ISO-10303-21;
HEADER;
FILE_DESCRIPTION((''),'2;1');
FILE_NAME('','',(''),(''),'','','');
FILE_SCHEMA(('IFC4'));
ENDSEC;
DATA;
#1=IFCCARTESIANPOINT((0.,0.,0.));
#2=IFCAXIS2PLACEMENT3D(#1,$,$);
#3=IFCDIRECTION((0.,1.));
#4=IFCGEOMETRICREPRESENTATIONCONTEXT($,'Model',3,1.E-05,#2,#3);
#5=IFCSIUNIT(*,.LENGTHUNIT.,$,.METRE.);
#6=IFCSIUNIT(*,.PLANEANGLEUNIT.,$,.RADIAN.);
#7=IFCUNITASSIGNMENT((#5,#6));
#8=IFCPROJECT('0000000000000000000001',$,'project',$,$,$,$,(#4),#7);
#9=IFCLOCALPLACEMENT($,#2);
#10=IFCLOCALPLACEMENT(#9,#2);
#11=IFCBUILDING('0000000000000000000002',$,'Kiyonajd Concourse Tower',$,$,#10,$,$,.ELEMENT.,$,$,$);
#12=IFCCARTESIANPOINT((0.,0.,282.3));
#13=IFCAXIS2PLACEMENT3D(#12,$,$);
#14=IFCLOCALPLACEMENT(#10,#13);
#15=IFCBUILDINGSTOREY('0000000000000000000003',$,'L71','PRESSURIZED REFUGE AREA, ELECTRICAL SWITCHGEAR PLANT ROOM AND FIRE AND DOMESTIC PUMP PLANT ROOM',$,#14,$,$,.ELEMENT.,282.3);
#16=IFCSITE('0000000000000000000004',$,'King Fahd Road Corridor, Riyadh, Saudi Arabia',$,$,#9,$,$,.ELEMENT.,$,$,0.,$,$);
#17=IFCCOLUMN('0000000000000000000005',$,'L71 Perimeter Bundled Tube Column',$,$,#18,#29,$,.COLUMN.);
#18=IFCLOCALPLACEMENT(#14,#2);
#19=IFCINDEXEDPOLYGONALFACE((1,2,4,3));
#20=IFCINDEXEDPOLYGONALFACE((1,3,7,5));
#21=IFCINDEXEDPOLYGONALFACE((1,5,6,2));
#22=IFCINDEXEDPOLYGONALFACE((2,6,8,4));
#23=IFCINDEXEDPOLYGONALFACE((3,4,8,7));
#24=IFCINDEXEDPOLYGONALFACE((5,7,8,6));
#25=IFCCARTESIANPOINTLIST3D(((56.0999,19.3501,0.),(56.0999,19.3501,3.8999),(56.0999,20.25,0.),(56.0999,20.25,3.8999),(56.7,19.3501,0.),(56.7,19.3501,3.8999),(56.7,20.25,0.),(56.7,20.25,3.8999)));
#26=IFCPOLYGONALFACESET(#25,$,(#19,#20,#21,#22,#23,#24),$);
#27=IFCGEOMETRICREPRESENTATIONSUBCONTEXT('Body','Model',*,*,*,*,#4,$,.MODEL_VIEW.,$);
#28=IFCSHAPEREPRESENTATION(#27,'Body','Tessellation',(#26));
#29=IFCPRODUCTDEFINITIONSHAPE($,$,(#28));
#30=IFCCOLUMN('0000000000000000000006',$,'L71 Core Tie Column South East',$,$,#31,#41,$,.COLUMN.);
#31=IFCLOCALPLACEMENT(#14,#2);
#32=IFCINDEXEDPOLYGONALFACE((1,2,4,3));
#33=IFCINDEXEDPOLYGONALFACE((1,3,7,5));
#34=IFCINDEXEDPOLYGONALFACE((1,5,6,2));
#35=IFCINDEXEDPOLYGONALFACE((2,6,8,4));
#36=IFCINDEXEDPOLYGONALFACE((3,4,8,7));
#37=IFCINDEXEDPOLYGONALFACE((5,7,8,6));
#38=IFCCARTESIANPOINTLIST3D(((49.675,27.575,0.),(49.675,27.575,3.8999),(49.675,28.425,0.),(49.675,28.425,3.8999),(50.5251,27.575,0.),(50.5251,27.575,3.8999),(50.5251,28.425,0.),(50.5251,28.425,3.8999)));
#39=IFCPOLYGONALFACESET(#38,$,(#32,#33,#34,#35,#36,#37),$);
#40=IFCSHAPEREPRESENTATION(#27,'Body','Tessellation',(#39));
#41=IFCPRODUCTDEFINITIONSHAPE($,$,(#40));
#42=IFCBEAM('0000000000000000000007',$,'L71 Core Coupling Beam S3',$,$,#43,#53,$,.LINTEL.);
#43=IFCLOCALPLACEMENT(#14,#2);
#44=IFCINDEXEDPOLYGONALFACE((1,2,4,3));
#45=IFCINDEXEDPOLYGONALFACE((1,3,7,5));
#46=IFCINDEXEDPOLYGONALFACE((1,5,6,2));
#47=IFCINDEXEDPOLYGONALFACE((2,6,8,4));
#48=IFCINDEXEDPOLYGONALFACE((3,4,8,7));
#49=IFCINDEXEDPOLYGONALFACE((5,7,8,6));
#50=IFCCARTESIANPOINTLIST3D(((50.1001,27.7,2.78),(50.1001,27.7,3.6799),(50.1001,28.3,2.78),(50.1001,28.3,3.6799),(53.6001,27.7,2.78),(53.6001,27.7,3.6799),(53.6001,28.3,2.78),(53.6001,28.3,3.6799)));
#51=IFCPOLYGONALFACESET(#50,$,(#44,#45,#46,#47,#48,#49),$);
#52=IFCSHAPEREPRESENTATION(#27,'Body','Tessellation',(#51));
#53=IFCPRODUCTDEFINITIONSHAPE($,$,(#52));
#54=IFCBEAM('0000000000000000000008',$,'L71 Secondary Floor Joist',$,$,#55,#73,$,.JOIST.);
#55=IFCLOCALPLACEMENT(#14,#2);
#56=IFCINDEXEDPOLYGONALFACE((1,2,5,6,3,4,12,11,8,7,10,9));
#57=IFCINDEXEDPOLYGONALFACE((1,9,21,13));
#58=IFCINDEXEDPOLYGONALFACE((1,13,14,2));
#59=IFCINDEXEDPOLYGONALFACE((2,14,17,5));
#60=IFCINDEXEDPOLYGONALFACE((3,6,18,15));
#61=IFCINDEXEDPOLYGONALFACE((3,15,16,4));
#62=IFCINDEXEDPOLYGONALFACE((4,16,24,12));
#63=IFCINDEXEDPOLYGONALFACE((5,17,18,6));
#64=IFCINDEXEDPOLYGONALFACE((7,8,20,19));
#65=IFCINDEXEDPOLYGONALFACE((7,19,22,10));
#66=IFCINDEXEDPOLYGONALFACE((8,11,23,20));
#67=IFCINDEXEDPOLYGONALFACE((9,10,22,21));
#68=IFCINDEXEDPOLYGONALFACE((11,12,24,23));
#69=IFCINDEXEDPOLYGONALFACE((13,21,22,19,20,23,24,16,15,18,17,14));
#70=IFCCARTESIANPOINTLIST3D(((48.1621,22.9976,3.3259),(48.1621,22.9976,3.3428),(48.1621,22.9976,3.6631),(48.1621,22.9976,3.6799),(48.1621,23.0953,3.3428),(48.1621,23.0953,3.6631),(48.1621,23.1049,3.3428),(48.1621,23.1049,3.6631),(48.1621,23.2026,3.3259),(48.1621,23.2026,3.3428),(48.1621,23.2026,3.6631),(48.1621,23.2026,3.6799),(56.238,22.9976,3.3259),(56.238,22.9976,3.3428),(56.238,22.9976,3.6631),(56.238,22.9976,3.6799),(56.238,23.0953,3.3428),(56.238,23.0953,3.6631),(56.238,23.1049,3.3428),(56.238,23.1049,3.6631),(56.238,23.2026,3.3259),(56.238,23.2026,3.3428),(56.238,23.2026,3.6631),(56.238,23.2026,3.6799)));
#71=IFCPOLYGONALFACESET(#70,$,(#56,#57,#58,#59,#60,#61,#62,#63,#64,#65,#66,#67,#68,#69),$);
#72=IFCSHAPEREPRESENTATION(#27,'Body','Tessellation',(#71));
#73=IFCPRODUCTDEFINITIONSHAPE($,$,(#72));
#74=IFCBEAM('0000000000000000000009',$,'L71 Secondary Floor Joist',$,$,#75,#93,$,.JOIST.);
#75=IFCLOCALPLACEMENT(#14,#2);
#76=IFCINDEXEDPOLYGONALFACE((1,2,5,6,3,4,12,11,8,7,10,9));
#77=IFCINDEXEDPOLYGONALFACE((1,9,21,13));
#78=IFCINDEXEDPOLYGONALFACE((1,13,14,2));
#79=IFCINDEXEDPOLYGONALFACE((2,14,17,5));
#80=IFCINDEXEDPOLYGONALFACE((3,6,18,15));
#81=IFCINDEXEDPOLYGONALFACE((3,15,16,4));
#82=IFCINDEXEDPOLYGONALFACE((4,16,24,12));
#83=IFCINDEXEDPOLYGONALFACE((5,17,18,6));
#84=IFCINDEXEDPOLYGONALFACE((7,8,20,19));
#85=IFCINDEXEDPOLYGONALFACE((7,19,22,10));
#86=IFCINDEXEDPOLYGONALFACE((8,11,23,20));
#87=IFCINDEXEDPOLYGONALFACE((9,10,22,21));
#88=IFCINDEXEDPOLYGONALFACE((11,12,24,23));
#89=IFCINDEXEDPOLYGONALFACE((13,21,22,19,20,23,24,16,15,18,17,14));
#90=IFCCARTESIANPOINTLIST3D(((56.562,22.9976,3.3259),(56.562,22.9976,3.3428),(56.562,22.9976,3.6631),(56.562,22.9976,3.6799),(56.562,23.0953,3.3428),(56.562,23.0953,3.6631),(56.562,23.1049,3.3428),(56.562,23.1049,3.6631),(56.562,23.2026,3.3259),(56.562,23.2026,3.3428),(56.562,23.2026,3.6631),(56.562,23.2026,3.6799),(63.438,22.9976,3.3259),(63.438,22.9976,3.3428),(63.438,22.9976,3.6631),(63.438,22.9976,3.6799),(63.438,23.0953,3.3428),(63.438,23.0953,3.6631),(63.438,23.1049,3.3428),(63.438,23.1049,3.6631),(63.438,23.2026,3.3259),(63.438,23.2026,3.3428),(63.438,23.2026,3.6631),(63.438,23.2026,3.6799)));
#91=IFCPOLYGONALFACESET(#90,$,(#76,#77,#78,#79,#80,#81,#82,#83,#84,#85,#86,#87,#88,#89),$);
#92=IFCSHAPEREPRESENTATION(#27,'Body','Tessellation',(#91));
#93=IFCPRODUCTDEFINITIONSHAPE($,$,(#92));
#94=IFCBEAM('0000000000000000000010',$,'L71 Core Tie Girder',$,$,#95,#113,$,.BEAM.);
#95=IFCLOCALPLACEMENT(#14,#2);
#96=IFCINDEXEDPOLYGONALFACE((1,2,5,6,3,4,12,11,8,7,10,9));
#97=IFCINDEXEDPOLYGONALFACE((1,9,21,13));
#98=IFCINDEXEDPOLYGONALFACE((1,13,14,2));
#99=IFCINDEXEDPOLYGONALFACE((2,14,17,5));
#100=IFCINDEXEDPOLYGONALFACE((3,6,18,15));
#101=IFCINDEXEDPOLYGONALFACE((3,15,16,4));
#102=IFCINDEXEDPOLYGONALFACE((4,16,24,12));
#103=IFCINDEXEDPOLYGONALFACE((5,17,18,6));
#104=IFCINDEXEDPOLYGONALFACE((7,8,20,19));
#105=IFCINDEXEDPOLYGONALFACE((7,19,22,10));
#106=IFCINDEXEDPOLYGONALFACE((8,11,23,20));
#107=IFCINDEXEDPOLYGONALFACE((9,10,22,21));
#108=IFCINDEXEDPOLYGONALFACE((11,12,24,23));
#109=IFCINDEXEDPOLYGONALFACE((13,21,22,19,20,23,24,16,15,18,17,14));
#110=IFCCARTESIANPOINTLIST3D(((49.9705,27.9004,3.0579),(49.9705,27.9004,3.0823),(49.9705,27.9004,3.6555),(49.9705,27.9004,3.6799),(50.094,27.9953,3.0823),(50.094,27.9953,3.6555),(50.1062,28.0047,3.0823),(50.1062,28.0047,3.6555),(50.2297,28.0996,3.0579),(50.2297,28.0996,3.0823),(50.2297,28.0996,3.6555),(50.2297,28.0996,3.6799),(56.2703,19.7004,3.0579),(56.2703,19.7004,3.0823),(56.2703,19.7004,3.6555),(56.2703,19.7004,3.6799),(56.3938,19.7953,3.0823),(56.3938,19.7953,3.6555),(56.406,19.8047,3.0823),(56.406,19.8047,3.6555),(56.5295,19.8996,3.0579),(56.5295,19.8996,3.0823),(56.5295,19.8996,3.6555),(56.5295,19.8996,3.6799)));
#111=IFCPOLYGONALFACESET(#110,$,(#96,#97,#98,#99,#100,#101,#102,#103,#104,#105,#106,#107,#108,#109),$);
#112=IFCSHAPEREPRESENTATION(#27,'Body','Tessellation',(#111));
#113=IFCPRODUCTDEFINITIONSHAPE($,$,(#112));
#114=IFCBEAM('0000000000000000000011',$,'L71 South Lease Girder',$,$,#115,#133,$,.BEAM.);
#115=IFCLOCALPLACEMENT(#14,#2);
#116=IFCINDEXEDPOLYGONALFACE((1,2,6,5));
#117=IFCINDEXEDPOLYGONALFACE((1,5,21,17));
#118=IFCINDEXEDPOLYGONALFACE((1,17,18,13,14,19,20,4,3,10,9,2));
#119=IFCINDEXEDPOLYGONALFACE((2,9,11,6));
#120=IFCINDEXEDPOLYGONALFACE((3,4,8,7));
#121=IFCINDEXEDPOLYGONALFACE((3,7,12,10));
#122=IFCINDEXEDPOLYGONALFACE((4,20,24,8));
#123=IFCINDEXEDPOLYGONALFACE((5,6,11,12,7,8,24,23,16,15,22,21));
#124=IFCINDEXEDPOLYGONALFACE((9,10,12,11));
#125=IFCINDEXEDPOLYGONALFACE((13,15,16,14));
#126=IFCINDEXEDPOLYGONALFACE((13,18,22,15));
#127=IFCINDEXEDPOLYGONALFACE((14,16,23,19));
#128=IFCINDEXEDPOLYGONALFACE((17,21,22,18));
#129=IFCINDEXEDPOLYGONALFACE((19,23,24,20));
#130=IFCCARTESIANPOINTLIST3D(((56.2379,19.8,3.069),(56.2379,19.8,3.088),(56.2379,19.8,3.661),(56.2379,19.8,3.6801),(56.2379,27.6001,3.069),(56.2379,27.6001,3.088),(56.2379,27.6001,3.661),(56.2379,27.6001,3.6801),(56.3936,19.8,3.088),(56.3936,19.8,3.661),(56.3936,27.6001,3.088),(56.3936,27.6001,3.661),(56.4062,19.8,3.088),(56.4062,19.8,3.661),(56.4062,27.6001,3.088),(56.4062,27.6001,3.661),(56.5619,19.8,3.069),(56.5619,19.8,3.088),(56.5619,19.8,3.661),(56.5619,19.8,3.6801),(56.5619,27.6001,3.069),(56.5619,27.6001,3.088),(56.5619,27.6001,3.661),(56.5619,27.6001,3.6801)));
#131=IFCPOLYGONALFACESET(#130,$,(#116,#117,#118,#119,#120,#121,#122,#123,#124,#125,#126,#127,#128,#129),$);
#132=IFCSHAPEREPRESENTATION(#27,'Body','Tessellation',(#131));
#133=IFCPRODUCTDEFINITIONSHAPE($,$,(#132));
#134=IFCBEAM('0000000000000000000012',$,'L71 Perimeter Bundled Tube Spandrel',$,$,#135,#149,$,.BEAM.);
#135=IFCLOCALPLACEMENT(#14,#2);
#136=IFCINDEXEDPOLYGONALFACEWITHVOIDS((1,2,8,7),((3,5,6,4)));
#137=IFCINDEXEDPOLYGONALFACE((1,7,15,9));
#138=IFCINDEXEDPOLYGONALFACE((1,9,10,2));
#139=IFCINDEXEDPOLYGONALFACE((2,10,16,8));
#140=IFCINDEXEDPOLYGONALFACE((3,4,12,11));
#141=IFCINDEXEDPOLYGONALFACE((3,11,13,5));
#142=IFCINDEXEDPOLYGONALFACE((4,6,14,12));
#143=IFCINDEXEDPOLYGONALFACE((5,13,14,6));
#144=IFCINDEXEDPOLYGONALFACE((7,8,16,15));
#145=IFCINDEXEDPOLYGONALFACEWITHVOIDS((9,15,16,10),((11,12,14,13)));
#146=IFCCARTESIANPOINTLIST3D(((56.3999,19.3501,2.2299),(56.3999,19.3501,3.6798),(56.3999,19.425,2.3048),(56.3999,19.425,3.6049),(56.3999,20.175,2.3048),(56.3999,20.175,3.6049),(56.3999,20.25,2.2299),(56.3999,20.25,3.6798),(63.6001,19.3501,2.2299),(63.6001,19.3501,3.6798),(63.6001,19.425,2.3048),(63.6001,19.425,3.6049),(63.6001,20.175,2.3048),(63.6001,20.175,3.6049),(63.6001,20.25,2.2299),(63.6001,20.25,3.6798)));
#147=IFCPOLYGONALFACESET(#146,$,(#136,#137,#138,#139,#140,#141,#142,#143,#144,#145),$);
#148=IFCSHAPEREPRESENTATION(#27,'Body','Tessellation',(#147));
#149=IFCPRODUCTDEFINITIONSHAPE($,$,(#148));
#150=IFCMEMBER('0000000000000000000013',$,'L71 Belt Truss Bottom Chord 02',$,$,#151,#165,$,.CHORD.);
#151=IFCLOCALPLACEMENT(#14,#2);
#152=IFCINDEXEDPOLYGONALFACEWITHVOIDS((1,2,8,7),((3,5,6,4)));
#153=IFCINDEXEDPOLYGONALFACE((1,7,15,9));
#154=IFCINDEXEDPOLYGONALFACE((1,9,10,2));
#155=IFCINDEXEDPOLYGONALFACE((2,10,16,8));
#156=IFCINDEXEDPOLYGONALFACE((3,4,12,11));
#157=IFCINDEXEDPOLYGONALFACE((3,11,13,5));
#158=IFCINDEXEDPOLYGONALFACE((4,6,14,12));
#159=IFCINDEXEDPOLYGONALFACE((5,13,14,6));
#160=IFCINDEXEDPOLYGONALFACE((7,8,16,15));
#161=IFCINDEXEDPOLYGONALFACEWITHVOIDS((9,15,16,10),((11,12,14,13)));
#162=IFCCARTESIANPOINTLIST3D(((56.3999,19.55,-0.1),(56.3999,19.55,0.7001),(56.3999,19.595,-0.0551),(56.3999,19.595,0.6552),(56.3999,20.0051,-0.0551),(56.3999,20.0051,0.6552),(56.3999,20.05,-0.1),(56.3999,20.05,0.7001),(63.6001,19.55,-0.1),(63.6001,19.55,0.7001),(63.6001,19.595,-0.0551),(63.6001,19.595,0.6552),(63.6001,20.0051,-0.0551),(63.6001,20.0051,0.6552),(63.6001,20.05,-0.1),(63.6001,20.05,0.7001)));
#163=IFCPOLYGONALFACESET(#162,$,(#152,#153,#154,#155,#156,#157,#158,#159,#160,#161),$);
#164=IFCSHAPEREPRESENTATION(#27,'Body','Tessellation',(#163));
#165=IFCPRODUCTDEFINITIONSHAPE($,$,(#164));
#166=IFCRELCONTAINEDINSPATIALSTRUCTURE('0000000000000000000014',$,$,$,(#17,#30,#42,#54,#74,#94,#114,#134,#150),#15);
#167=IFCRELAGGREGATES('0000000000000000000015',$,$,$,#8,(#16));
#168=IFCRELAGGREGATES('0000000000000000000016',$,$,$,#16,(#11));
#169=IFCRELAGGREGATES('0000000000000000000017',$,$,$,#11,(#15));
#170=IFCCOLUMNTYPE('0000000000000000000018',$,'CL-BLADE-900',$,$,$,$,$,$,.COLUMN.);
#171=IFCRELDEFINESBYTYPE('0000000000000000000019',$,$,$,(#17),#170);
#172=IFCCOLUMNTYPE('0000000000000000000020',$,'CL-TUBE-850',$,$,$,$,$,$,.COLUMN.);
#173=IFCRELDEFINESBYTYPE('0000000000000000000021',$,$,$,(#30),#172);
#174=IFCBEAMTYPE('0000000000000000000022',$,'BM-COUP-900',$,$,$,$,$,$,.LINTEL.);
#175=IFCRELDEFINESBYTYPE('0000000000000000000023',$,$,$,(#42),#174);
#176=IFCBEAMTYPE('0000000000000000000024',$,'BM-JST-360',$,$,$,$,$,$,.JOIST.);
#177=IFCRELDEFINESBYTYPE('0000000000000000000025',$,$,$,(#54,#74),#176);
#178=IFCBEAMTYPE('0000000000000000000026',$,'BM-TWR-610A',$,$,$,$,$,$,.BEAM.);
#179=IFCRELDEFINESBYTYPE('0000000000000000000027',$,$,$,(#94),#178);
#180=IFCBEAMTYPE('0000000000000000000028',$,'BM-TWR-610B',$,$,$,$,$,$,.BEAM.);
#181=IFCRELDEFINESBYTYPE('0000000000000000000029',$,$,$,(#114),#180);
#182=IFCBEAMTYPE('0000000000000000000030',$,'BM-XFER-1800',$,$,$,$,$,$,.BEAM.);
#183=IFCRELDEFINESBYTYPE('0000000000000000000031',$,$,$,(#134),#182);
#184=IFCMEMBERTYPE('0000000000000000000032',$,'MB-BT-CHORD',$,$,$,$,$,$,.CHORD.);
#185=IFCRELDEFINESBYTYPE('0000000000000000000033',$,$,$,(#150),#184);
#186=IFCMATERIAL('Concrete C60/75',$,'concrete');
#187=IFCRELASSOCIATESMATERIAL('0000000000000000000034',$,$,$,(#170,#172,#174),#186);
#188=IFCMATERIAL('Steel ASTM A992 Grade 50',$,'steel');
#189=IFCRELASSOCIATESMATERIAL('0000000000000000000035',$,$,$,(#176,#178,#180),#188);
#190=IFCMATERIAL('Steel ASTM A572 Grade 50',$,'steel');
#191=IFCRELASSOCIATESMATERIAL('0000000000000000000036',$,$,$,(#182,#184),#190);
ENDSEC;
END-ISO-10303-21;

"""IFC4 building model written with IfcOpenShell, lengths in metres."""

from ifc_helpers import new_model, si_unit, direction, frame, origin, origin_2d, place, context, subcontext, project, spatial, rectangle, hollow_rectangle, i_section, extrude, material, material_profile, profile_set, type_object, element, save


model = new_model("IFC4")

# Units and contexts
model_context = context("Model", 3, precision=1e-05, world=origin(), true_north=direction((0.0, 1.0)))
body_context = subcontext(model_context, "Body", "Model", "MODEL_VIEW")
ifc_project = project(units=[si_unit("LENGTHUNIT", "METRE"), si_unit("PLANEANGLEUNIT", "RADIAN")], contexts=[model_context])

# Site, building, storey
site_placement = place(None, origin())
site = spatial("IfcSite", under=ifc_project, at=site_placement, Name="King Fahd Road Corridor, Riyadh, Saudi Arabia", CompositionType="ELEMENT", RefElevation=0.0)
building_placement = place(site_placement, origin())
building = spatial("IfcBuilding", under=site, at=building_placement, Name="Kiyonajd Concourse Tower", CompositionType="ELEMENT")
storey_placement = place(building_placement, frame((0.0, 0.0, 282.3)))
storey = spatial("IfcBuildingStorey", under=building, at=storey_placement, Name="L71", Description="PRESSURIZED REFUGE AREA, ELECTRICAL SWITCHGEAR PLANT ROOM AND FIRE AND DOMESTIC PUMP PLANT ROOM", CompositionType="ELEMENT", Elevation=282.3)

# Columns
ifc_material_1 = material(Name="Concrete C60/75", Category="concrete")
ifc_material_profile_1 = material_profile(ifc_material_1, rectangle(XDim=0.6001, YDim=0.8999, at=origin_2d()), Name="RC-900x600")
ifc_profile_set_1 = profile_set([ifc_material_profile_1], Name="Concrete C60/75")
column_type_1 = type_object("IfcColumnType", Name="CL-BLADE-900", PredefinedType="COLUMN", material=ifc_profile_set_1)
column_1_placement = place(storey_placement, frame((56.3999, 19.8, 0.0), z_axis=(0.0, 0.0, 1.0), x_axis=(1.0, 0.0, 0.0)))
element("IfcColumn", 1, at=column_1_placement, inside=storey, type_object=column_type_1, Name="L71 Perimeter Bundled Tube Column", PredefinedType="COLUMN", context=body_context, shape_type="SweptSolid", body=[
    extrude(rectangle(XDim=0.6001, YDim=0.8999, at=origin_2d()), origin(), (0.0, 0.0, 1.0), 3.8999),
])
ifc_material_profile_2 = material_profile(ifc_material_1, rectangle(XDim=0.8501, YDim=0.8501, at=origin_2d()), Name="RC-850x850")
ifc_profile_set_2 = profile_set([ifc_material_profile_2], Name="Concrete C60/75")
column_type_2 = type_object("IfcColumnType", Name="CL-TUBE-850", PredefinedType="COLUMN", material=ifc_profile_set_2)
column_2_placement = place(storey_placement, frame((50.1001, 28.0, 0.0), z_axis=(0.0, 0.0, 1.0), x_axis=(1.0, 0.0, 0.0)))
element("IfcColumn", 2, at=column_2_placement, inside=storey, type_object=column_type_2, Name="L71 Core Tie Column South East", PredefinedType="COLUMN", context=body_context, shape_type="SweptSolid", body=[
    extrude(rectangle(XDim=0.8501, YDim=0.8501, at=origin_2d()), origin(), (0.0, 0.0, 1.0), 3.8999),
])

# Beams
ifc_material_profile_3 = material_profile(ifc_material_1, rectangle(XDim=0.6001, YDim=0.8999, at=origin_2d()), Name="RCBM-600x900")
ifc_profile_set_3 = profile_set([ifc_material_profile_3], Name="Concrete C60/75")
beam_type_1 = type_object("IfcBeamType", Name="BM-COUP-900", PredefinedType="LINTEL", material=ifc_profile_set_3)
beam_1_placement = place(storey_placement, frame((50.1001, 28.0, 3.23), z_axis=(1.0, 0.0, 0.0), x_axis=(0.0, 1.0, 0.0)))
element("IfcBeam", 3, at=beam_1_placement, inside=storey, type_object=beam_type_1, Name="L71 Core Coupling Beam S3", PredefinedType="LINTEL", context=body_context, shape_type="SweptSolid", body=[
    extrude(rectangle(XDim=0.6001, YDim=0.8999, at=origin_2d()), origin(), (0.0, 0.0, 1.0), 3.5),
])
ifc_material_2 = material(Name="Steel ASTM A992 Grade 50", Category="steel")
ifc_material_profile_4 = material_profile(ifc_material_2, i_section(OverallWidth=0.2051, OverallDepth=0.354, WebThickness=0.0095, FlangeThickness=0.0168, at=origin_2d()), Name="W360X79")
ifc_profile_set_4 = profile_set([ifc_material_profile_4], Name="Steel ASTM A992 Grade 50")
beam_type_2 = type_object("IfcBeamType", Name="BM-JST-360", PredefinedType="JOIST", material=ifc_profile_set_4)
beam_2_placement = place(storey_placement, frame((48.1621, 23.1001, 3.5029), z_axis=(1.0, 0.0, 0.0), x_axis=(0.0, 1.0, 0.0)))
element("IfcBeam", 4, at=beam_2_placement, inside=storey, type_object=beam_type_2, Name="L71 Secondary Floor Joist", PredefinedType="JOIST", context=body_context, shape_type="SweptSolid", body=[
    extrude(i_section(OverallWidth=0.2051, OverallDepth=0.354, WebThickness=0.0095, FlangeThickness=0.0168, at=origin_2d()), origin(), (0.0, 0.0, 1.0), 8.0759),
])
beam_3_placement = place(storey_placement, frame((56.562, 23.1001, 3.5029), z_axis=(1.0, 0.0, 0.0), x_axis=(0.0, 1.0, 0.0)))
element("IfcBeam", 5, at=beam_3_placement, inside=storey, type_object=beam_type_2, Name="L71 Secondary Floor Joist", PredefinedType="JOIST", context=body_context, shape_type="SweptSolid", body=[
    extrude(i_section(OverallWidth=0.2051, OverallDepth=0.354, WebThickness=0.0095, FlangeThickness=0.0168, at=origin_2d()), origin(), (0.0, 0.0, 1.0), 6.876),
])
ifc_material_profile_5 = material_profile(ifc_material_2, i_section(OverallWidth=0.3269, OverallDepth=0.6221, WebThickness=0.0154, FlangeThickness=0.0244, at=origin_2d()), Name="W610X195")
ifc_profile_set_5 = profile_set([ifc_material_profile_5], Name="Steel ASTM A992 Grade 50")
beam_type_3 = type_object("IfcBeamType", Name="BM-TWR-610A", PredefinedType="BEAM", material=ifc_profile_set_5)
beam_4_placement = place(storey_placement, frame((50.1001, 28.0, 3.3689), z_axis=(0.609234, -0.792991, 0.0), x_axis=(0.792991, 0.609234, 0.0)))
element("IfcBeam", 6, at=beam_4_placement, inside=storey, type_object=beam_type_3, Name="L71 Core Tie Girder", PredefinedType="BEAM", context=body_context, shape_type="SweptSolid", body=[
    extrude(i_section(OverallWidth=0.3269, OverallDepth=0.6221, WebThickness=0.0154, FlangeThickness=0.0244, at=origin_2d()), origin(), (0.0, 0.0, 1.0), 10.3406),
])
ifc_material_profile_6 = material_profile(ifc_material_2, i_section(OverallWidth=0.324, OverallDepth=0.6111, WebThickness=0.0127, FlangeThickness=0.019, at=origin_2d()), Name="W610X155")
ifc_profile_set_6 = profile_set([ifc_material_profile_6], Name="Steel ASTM A992 Grade 50")
beam_type_4 = type_object("IfcBeamType", Name="BM-TWR-610B", PredefinedType="BEAM", material=ifc_profile_set_6)
beam_5_placement = place(storey_placement, frame((56.3999, 19.8, 3.3745), z_axis=(0.0, 1.0, 0.0), x_axis=(-1.0, 0.0, 0.0)))
element("IfcBeam", 7, at=beam_5_placement, inside=storey, type_object=beam_type_4, Name="L71 South Lease Girder", PredefinedType="BEAM", context=body_context, shape_type="SweptSolid", body=[
    extrude(i_section(OverallWidth=0.324, OverallDepth=0.6111, WebThickness=0.0127, FlangeThickness=0.019, at=origin_2d()), origin(), (0.0, 0.0, 1.0), 7.8),
])
ifc_material_3 = material(Name="Steel ASTM A572 Grade 50", Category="steel")
ifc_material_profile_7 = material_profile(ifc_material_3, hollow_rectangle(XDim=0.8999, YDim=1.45, WallThickness=0.075, at=origin_2d()), Name="BOX-1450x900x75")
ifc_profile_set_7 = profile_set([ifc_material_profile_7], Name="Steel ASTM A572 Grade 50")
beam_type_5 = type_object("IfcBeamType", Name="BM-XFER-1800", PredefinedType="BEAM", material=ifc_profile_set_7)
beam_6_placement = place(storey_placement, frame((56.3999, 19.8, 2.9548), z_axis=(1.0, 0.0, 0.0), x_axis=(0.0, 1.0, 0.0)))
element("IfcBeam", 8, at=beam_6_placement, inside=storey, type_object=beam_type_5, Name="L71 Perimeter Bundled Tube Spandrel", PredefinedType="BEAM", context=body_context, shape_type="SweptSolid", body=[
    extrude(hollow_rectangle(XDim=0.8999, YDim=1.45, WallThickness=0.075, at=origin_2d()), origin(), (0.0, 0.0, 1.0), 7.2002),
])

# Member
ifc_material_profile_8 = material_profile(ifc_material_3, hollow_rectangle(XDim=0.5, YDim=0.8, WallThickness=0.0449, at=origin_2d()), Name="BOX-800x500x45")
ifc_profile_set_8 = profile_set([ifc_material_profile_8], Name="Steel ASTM A572 Grade 50")
member_type_1 = type_object("IfcMemberType", Name="MB-BT-CHORD", PredefinedType="CHORD", material=ifc_profile_set_8)
member_1_placement = place(storey_placement, frame((56.3999, 19.8, 0.3), z_axis=(1.0, 0.0, 0.0), x_axis=(0.0, 1.0, 0.0)))
element("IfcMember", 9, at=member_1_placement, inside=storey, type_object=member_type_1, Name="L71 Belt Truss Bottom Chord 02", PredefinedType="CHORD", context=body_context, shape_type="SweptSolid", body=[
    extrude(hollow_rectangle(XDim=0.5, YDim=0.8, WallThickness=0.0449, at=origin_2d()), origin(), (0.0, 0.0, 1.0), 7.2002),
])

save(model, "model.ifc")
